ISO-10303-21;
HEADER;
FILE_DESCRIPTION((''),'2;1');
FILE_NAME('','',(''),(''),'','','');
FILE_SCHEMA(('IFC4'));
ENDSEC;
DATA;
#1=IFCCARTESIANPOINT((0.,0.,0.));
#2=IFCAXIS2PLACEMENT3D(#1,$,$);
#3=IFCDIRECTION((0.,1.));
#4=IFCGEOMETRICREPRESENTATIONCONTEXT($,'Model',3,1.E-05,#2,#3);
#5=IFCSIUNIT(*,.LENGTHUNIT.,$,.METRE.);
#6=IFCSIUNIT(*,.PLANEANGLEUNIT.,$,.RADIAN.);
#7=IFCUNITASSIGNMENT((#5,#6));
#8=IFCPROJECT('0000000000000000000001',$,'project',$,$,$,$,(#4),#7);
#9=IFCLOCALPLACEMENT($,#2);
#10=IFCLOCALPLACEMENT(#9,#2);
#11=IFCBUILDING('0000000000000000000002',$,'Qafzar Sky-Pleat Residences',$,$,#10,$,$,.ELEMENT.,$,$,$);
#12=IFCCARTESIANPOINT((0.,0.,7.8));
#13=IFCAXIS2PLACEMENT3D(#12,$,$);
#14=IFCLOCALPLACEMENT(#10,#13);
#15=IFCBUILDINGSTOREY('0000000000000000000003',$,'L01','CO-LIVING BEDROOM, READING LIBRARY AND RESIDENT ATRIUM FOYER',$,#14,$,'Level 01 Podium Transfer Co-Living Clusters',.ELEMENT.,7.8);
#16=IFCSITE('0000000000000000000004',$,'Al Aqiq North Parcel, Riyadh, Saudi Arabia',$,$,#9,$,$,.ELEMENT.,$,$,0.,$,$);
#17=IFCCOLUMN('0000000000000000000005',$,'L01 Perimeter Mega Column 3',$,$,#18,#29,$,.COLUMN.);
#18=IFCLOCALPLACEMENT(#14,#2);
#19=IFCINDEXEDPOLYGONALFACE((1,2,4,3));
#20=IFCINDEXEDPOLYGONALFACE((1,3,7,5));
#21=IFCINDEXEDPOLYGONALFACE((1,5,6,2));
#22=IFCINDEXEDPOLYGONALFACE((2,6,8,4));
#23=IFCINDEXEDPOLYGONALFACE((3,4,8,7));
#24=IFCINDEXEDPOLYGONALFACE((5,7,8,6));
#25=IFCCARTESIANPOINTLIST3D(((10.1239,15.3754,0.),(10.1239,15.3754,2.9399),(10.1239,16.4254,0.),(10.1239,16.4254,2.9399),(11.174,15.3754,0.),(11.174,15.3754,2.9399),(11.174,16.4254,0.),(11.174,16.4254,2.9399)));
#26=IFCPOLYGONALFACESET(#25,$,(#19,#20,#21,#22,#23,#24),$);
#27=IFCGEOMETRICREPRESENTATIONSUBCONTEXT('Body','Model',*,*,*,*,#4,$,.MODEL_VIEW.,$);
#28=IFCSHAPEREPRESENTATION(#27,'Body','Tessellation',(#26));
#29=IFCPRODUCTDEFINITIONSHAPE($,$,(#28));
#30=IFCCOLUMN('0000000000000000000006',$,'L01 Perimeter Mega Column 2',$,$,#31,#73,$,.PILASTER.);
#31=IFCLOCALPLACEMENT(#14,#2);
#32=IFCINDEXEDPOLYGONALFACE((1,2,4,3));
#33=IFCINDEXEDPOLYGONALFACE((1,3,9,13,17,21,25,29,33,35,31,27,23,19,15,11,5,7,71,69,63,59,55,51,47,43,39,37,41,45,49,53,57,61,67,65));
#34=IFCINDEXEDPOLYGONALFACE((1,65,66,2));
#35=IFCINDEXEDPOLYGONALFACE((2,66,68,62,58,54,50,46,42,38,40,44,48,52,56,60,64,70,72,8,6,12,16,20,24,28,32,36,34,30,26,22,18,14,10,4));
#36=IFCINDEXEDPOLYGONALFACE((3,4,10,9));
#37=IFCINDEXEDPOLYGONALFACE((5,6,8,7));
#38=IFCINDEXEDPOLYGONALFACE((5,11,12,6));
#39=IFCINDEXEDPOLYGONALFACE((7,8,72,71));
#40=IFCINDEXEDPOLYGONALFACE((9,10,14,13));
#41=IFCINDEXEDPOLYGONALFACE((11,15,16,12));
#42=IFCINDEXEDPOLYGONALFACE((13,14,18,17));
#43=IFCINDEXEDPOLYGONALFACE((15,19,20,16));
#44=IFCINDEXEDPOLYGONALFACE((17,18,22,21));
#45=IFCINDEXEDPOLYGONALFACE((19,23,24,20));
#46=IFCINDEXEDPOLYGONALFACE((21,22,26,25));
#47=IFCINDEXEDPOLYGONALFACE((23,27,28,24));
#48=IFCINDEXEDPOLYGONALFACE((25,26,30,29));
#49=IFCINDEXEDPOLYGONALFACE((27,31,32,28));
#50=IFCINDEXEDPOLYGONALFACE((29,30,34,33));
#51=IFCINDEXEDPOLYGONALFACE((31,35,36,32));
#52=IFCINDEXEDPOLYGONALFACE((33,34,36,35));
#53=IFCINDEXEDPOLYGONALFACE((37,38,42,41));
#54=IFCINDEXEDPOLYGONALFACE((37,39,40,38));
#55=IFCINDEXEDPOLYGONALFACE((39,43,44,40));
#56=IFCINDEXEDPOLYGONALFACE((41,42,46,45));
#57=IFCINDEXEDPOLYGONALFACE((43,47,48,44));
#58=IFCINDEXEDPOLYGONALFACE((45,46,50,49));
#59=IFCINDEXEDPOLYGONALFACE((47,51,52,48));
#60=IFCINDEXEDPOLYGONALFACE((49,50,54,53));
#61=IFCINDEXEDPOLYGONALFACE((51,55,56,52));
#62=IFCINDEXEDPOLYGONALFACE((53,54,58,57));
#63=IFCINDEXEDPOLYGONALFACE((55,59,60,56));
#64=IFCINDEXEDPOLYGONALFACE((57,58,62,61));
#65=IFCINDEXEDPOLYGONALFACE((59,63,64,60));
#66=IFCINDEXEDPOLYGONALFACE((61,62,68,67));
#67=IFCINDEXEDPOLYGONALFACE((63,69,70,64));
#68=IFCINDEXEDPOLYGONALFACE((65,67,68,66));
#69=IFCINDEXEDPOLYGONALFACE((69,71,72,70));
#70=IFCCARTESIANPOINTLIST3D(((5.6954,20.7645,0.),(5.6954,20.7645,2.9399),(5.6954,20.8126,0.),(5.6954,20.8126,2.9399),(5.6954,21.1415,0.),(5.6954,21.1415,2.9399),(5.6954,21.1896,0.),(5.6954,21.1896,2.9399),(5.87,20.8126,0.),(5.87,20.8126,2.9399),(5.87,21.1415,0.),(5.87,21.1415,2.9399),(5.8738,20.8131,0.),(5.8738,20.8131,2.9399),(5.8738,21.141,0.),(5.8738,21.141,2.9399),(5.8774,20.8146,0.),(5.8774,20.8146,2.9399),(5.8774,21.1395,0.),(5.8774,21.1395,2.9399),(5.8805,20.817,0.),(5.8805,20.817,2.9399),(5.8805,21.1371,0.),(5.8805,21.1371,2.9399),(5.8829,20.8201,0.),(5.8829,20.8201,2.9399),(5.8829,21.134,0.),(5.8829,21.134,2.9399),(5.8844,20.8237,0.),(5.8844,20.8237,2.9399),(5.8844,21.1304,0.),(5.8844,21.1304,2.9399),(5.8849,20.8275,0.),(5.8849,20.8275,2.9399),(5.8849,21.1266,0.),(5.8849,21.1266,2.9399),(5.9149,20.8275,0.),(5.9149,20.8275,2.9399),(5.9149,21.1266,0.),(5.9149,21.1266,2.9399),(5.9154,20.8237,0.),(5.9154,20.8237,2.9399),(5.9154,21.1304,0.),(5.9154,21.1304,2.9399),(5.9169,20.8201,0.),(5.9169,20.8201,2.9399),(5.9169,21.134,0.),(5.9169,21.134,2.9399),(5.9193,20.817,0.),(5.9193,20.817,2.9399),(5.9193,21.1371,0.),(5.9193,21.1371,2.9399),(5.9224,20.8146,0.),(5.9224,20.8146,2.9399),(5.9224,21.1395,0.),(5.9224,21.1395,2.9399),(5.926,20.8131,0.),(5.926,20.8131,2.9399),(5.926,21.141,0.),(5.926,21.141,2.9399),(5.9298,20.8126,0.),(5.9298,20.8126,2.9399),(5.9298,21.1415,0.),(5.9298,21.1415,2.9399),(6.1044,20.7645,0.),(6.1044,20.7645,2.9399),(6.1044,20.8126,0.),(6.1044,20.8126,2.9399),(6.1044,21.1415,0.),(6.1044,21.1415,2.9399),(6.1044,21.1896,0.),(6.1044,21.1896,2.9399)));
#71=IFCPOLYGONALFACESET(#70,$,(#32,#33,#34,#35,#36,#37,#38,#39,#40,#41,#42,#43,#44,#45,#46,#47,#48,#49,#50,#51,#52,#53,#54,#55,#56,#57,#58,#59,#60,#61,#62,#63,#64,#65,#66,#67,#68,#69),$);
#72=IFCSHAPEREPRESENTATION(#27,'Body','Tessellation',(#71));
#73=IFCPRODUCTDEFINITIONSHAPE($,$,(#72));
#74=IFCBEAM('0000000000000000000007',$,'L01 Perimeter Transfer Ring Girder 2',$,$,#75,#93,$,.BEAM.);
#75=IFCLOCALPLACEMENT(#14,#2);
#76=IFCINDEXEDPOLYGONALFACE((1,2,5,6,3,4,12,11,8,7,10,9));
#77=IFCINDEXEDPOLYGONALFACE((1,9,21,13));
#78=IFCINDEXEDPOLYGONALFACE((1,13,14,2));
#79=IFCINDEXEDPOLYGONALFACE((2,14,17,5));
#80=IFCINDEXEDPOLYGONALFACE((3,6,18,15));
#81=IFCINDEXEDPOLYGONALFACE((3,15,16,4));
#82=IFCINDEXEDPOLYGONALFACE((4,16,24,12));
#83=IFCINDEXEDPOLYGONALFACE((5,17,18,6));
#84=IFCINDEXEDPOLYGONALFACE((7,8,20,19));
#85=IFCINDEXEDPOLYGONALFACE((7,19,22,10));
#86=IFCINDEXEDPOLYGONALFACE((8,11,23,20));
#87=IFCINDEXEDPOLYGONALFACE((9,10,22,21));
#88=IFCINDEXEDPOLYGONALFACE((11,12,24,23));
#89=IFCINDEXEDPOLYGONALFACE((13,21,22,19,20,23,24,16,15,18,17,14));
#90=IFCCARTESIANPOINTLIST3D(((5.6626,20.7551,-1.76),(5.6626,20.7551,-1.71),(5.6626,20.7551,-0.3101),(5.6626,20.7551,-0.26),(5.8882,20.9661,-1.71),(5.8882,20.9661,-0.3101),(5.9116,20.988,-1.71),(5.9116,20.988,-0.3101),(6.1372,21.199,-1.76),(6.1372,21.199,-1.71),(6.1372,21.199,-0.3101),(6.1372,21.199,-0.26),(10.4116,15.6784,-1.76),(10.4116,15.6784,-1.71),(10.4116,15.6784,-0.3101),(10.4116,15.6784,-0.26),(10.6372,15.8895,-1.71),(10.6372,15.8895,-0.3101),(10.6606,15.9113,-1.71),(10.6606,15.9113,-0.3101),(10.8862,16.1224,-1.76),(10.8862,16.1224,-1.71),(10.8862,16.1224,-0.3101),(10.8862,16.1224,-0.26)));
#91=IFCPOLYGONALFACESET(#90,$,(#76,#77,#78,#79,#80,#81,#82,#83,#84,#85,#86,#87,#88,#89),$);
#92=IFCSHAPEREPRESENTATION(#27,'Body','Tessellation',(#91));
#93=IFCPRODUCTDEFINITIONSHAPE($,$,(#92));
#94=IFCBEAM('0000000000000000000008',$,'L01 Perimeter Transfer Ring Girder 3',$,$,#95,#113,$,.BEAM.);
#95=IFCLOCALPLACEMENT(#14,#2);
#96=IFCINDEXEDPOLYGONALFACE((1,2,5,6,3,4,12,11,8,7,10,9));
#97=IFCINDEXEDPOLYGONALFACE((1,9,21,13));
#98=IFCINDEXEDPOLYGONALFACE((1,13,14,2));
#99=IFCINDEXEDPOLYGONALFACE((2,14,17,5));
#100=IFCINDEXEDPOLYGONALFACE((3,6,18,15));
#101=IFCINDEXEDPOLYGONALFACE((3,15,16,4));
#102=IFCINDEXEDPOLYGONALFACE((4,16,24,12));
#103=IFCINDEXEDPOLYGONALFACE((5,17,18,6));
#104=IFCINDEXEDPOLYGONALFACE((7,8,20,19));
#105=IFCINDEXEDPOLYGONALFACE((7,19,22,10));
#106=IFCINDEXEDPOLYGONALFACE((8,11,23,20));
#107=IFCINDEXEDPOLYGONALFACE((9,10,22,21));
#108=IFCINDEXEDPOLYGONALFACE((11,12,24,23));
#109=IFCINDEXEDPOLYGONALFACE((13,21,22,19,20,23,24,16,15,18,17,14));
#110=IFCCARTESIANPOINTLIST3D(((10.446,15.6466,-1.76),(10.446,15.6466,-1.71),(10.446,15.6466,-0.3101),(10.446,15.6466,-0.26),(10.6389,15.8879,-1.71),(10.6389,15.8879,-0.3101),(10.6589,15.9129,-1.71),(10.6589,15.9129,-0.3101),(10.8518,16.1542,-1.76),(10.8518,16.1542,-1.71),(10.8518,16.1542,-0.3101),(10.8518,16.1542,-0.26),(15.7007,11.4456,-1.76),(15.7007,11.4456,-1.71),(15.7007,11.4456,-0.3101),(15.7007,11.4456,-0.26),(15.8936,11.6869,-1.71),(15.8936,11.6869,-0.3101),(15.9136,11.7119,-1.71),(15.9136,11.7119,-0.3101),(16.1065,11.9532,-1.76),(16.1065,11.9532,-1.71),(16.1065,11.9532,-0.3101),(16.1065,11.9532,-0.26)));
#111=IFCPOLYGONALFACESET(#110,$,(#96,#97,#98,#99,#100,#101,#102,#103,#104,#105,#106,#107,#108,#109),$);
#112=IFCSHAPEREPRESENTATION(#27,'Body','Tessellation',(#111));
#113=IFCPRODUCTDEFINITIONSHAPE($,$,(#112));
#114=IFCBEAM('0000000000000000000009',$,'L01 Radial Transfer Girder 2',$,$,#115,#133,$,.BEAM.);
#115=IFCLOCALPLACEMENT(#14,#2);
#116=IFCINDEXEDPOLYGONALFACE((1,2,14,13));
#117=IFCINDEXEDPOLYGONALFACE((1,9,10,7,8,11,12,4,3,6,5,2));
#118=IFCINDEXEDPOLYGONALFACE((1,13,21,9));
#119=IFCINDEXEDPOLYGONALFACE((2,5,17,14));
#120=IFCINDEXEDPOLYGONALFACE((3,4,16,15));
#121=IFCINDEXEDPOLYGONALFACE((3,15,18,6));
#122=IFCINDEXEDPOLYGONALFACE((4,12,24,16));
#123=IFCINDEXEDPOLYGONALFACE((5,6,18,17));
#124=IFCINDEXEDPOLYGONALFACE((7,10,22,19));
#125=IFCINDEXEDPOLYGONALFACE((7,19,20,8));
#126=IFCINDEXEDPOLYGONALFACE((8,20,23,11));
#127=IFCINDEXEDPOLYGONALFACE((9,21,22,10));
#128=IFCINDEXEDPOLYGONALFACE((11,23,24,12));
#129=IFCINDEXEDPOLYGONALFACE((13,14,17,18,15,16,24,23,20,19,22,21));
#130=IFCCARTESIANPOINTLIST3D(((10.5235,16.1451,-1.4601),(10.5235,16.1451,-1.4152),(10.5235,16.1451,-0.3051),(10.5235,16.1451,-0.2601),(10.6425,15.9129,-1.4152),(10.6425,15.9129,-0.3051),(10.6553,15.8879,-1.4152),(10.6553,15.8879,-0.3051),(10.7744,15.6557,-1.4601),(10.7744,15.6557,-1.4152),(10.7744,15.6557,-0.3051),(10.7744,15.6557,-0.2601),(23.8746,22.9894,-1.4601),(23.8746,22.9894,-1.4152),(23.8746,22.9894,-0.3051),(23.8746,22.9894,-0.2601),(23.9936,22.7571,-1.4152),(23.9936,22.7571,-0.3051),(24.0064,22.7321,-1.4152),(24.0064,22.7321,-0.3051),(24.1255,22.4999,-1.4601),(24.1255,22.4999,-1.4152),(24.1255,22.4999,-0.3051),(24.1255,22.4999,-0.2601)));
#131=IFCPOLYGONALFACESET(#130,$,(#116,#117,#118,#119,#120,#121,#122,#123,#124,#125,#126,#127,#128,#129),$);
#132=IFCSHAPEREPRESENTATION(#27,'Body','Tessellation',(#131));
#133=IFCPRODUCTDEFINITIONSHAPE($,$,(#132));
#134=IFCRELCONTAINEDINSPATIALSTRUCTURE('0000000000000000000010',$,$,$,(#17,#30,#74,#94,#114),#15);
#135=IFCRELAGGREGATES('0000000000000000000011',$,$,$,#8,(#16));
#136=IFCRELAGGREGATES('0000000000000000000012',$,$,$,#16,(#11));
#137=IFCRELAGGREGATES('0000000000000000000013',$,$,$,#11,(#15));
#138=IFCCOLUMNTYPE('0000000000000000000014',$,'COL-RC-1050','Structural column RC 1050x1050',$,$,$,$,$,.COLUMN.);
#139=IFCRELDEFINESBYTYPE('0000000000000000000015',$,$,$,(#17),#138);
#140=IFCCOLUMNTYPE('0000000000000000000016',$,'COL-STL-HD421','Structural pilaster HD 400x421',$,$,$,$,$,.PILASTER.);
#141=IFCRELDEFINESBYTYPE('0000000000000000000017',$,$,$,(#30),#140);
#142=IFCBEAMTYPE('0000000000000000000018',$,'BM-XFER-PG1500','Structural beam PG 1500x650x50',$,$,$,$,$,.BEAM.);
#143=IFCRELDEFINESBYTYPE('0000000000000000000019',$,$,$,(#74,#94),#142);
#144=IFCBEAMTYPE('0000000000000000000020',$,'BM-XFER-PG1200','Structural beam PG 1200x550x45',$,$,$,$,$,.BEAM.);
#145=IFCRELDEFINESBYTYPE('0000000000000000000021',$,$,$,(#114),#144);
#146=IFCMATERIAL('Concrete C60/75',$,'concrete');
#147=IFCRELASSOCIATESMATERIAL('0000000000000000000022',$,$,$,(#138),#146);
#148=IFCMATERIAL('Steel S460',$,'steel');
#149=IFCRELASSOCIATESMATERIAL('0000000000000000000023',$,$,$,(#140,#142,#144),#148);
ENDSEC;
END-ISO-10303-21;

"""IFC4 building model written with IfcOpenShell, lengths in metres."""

from ifc_helpers import new_model, si_unit, direction, frame, origin, origin_2d, place, context, subcontext, project, spatial, rectangle, i_section, extrude, source, transform, mapped, material, material_profile, profile_set, type_object, element, save


model = new_model("IFC4")

# Units and contexts
model_context = context("Model", 3, precision=1e-05, world=origin(), true_north=direction((0.0, 1.0)))
body_context = subcontext(model_context, "Body", "Model", "MODEL_VIEW")
ifc_project = project(units=[si_unit("LENGTHUNIT", "METRE"), si_unit("PLANEANGLEUNIT", "RADIAN")], contexts=[model_context])

# Site, building, storey
site_placement = place(None, origin())
site = spatial("IfcSite", under=ifc_project, at=site_placement, Name="Al Aqiq North Parcel, Riyadh, Saudi Arabia", CompositionType="ELEMENT", RefElevation=0.0)
building_placement = place(site_placement, origin())
building = spatial("IfcBuilding", under=site, at=building_placement, Name="Qafzar Sky-Pleat Residences", CompositionType="ELEMENT")
storey_placement = place(building_placement, frame((0.0, 0.0, 7.8)))
storey = spatial("IfcBuildingStorey", under=building, at=storey_placement, Name="L01", Description="CO-LIVING BEDROOM, READING LIBRARY AND RESIDENT ATRIUM FOYER", LongName="Level 01 Podium Transfer Co-Living Clusters", CompositionType="ELEMENT", Elevation=7.8)

# Columns
ifc_material_1 = material(Name="Concrete C60/75", Category="concrete")
ifc_material_profile_1 = material_profile(ifc_material_1, rectangle(XDim=1.05, YDim=1.05, at=origin_2d()), Name="RC 1050x1050")
ifc_profile_set_1 = profile_set([ifc_material_profile_1], Name="Concrete C60/75")
column_type_1 = type_object("IfcColumnType", Name="COL-RC-1050", Description="Structural column RC 1050x1050", PredefinedType="COLUMN", material=ifc_profile_set_1)
shared_shape_1 = source(origin(), body_context, "Body", "SweptSolid", [
    extrude(rectangle(XDim=1.05, YDim=1.05, at=origin_2d()), origin(), (0.0, 0.0, 1.0), 2.9399),
])
column_1_placement = place(storey_placement, frame((10.6489, 15.9004, 0.0), z_axis=(0.0, 0.0, 1.0), x_axis=(1.0, 0.0, 0.0)))
element("IfcColumn", 1, at=column_1_placement, inside=storey, type_object=column_type_1, Name="L01 Perimeter Mega Column 3", PredefinedType="COLUMN", context=body_context, shape_type="MappedRepresentation", body=[
    mapped(shared_shape_1, transform((0.0, 0.0, 0.0), x_axis=(1.0, 0.0, 0.0), y_axis=(0.0, 1.0, 0.0), z_axis=(0.0, 0.0, 1.0), scale=1.0)),
])
ifc_material_2 = material(Name="Steel S460", Category="steel")
ifc_material_profile_2 = material_profile(ifc_material_2, i_section(OverallWidth=0.4089, OverallDepth=0.425, WebThickness=0.03, FlangeThickness=0.0481, FilletRadius=0.0149, at=origin_2d()), Name="HD 400x421")
ifc_profile_set_2 = profile_set([ifc_material_profile_2], Name="Steel S460")
column_type_2 = type_object("IfcColumnType", Name="COL-STL-HD421", Description="Structural pilaster HD 400x421", PredefinedType="PILASTER", material=ifc_profile_set_2)
shared_shape_2 = source(origin(), body_context, "Body", "SweptSolid", [
    extrude(i_section(OverallWidth=0.4089, OverallDepth=0.425, WebThickness=0.03, FlangeThickness=0.0481, FilletRadius=0.0149, at=origin_2d()), origin(), (0.0, 0.0, 1.0), 2.9399),
])
column_2_placement = place(storey_placement, frame((5.8999, 20.9771, 0.0), z_axis=(0.0, 0.0, 1.0), x_axis=(1.0, 0.0, 0.0)))
element("IfcColumn", 2, at=column_2_placement, inside=storey, type_object=column_type_2, Name="L01 Perimeter Mega Column 2", PredefinedType="PILASTER", context=body_context, shape_type="MappedRepresentation", body=[
    mapped(shared_shape_2, transform((0.0, 0.0, 0.0), x_axis=(1.0, 0.0, 0.0), y_axis=(0.0, 1.0, 0.0), z_axis=(0.0, 0.0, 1.0), scale=1.0)),
])

# Beams
ifc_material_profile_3 = material_profile(ifc_material_2, i_section(OverallWidth=0.6499, OverallDepth=1.5, WebThickness=0.032, FlangeThickness=0.05, at=origin_2d()), Name="PG 1500x650x50")
ifc_profile_set_3 = profile_set([ifc_material_profile_3], Name="Steel S460")
beam_type_1 = type_object("IfcBeamType", Name="BM-XFER-PG1500", Description="Structural beam PG 1500x650x50", PredefinedType="BEAM", material=ifc_profile_set_3)
shared_shape_3 = source(origin(), body_context, "Body", "SweptSolid", [
    extrude(i_section(OverallWidth=0.6499, OverallDepth=1.5, WebThickness=0.032, FlangeThickness=0.05, at=origin_2d()), origin(), (0.0, 0.0, 1.0), 6.9517),
])
beam_1_placement = place(storey_placement, frame((5.8999, 20.9771, -1.01), z_axis=(0.683149, -0.730279, 0.0), x_axis=(0.730279, 0.683149, 0.0)))
element("IfcBeam", 3, at=beam_1_placement, inside=storey, type_object=beam_type_1, Name="L01 Perimeter Transfer Ring Girder 2", PredefinedType="BEAM", context=body_context, shape_type="MappedRepresentation", body=[
    mapped(shared_shape_3, transform((0.0, 0.0, 0.0), x_axis=(1.0, 0.0, 0.0), y_axis=(0.0, 1.0, 0.0), z_axis=(0.0, 0.0, 1.0), scale=1.0)),
])
shared_shape_4 = source(origin(), body_context, "Body", "SweptSolid", [
    extrude(i_section(OverallWidth=0.6499, OverallDepth=1.5, WebThickness=0.032, FlangeThickness=0.05, at=origin_2d()), origin(), (0.0, 0.0, 1.0), 6.7275),
])
beam_2_placement = place(storey_placement, frame((10.6489, 15.9004, -1.01), z_axis=(0.781071, -0.624443, 0.0), x_axis=(0.624443, 0.781071, 0.0)))
element("IfcBeam", 4, at=beam_2_placement, inside=storey, type_object=beam_type_1, Name="L01 Perimeter Transfer Ring Girder 3", PredefinedType="BEAM", context=body_context, shape_type="MappedRepresentation", body=[
    mapped(shared_shape_4, transform((0.0, 0.0, 0.0), x_axis=(1.0, 0.0, 0.0), y_axis=(0.0, 1.0, 0.0), z_axis=(0.0, 0.0, 1.0), scale=1.0)),
])
ifc_material_profile_4 = material_profile(ifc_material_2, i_section(OverallWidth=0.55, OverallDepth=1.2, WebThickness=0.0281, FlangeThickness=0.0449, at=origin_2d()), Name="PG 1200x550x45")
ifc_profile_set_4 = profile_set([ifc_material_profile_4], Name="Steel S460")
beam_type_2 = type_object("IfcBeamType", Name="BM-XFER-PG1200", Description="Structural beam PG 1200x550x45", PredefinedType="BEAM", material=ifc_profile_set_4)
shared_shape_5 = source(origin(), body_context, "Body", "SweptSolid", [
    extrude(i_section(OverallWidth=0.55, OverallDepth=1.2, WebThickness=0.0281, FlangeThickness=0.0449, at=origin_2d()), origin(), (0.0, 0.0, 1.0), 15.0032),
])
beam_3_placement = place(storey_placement, frame((10.6489, 15.9004, -0.8601), z_axis=(0.889884, 0.456186, 0.0), x_axis=(-0.456186, 0.889884, 0.0)))
element("IfcBeam", 5, at=beam_3_placement, inside=storey, type_object=beam_type_2, Name="L01 Radial Transfer Girder 2", PredefinedType="BEAM", context=body_context, shape_type="MappedRepresentation", body=[
    mapped(shared_shape_5, transform((0.0, 0.0, 0.0), x_axis=(1.0, 0.0, 0.0), y_axis=(0.0, 1.0, 0.0), z_axis=(0.0, 0.0, 1.0), scale=1.0)),
])

save(model, "model.ifc")
